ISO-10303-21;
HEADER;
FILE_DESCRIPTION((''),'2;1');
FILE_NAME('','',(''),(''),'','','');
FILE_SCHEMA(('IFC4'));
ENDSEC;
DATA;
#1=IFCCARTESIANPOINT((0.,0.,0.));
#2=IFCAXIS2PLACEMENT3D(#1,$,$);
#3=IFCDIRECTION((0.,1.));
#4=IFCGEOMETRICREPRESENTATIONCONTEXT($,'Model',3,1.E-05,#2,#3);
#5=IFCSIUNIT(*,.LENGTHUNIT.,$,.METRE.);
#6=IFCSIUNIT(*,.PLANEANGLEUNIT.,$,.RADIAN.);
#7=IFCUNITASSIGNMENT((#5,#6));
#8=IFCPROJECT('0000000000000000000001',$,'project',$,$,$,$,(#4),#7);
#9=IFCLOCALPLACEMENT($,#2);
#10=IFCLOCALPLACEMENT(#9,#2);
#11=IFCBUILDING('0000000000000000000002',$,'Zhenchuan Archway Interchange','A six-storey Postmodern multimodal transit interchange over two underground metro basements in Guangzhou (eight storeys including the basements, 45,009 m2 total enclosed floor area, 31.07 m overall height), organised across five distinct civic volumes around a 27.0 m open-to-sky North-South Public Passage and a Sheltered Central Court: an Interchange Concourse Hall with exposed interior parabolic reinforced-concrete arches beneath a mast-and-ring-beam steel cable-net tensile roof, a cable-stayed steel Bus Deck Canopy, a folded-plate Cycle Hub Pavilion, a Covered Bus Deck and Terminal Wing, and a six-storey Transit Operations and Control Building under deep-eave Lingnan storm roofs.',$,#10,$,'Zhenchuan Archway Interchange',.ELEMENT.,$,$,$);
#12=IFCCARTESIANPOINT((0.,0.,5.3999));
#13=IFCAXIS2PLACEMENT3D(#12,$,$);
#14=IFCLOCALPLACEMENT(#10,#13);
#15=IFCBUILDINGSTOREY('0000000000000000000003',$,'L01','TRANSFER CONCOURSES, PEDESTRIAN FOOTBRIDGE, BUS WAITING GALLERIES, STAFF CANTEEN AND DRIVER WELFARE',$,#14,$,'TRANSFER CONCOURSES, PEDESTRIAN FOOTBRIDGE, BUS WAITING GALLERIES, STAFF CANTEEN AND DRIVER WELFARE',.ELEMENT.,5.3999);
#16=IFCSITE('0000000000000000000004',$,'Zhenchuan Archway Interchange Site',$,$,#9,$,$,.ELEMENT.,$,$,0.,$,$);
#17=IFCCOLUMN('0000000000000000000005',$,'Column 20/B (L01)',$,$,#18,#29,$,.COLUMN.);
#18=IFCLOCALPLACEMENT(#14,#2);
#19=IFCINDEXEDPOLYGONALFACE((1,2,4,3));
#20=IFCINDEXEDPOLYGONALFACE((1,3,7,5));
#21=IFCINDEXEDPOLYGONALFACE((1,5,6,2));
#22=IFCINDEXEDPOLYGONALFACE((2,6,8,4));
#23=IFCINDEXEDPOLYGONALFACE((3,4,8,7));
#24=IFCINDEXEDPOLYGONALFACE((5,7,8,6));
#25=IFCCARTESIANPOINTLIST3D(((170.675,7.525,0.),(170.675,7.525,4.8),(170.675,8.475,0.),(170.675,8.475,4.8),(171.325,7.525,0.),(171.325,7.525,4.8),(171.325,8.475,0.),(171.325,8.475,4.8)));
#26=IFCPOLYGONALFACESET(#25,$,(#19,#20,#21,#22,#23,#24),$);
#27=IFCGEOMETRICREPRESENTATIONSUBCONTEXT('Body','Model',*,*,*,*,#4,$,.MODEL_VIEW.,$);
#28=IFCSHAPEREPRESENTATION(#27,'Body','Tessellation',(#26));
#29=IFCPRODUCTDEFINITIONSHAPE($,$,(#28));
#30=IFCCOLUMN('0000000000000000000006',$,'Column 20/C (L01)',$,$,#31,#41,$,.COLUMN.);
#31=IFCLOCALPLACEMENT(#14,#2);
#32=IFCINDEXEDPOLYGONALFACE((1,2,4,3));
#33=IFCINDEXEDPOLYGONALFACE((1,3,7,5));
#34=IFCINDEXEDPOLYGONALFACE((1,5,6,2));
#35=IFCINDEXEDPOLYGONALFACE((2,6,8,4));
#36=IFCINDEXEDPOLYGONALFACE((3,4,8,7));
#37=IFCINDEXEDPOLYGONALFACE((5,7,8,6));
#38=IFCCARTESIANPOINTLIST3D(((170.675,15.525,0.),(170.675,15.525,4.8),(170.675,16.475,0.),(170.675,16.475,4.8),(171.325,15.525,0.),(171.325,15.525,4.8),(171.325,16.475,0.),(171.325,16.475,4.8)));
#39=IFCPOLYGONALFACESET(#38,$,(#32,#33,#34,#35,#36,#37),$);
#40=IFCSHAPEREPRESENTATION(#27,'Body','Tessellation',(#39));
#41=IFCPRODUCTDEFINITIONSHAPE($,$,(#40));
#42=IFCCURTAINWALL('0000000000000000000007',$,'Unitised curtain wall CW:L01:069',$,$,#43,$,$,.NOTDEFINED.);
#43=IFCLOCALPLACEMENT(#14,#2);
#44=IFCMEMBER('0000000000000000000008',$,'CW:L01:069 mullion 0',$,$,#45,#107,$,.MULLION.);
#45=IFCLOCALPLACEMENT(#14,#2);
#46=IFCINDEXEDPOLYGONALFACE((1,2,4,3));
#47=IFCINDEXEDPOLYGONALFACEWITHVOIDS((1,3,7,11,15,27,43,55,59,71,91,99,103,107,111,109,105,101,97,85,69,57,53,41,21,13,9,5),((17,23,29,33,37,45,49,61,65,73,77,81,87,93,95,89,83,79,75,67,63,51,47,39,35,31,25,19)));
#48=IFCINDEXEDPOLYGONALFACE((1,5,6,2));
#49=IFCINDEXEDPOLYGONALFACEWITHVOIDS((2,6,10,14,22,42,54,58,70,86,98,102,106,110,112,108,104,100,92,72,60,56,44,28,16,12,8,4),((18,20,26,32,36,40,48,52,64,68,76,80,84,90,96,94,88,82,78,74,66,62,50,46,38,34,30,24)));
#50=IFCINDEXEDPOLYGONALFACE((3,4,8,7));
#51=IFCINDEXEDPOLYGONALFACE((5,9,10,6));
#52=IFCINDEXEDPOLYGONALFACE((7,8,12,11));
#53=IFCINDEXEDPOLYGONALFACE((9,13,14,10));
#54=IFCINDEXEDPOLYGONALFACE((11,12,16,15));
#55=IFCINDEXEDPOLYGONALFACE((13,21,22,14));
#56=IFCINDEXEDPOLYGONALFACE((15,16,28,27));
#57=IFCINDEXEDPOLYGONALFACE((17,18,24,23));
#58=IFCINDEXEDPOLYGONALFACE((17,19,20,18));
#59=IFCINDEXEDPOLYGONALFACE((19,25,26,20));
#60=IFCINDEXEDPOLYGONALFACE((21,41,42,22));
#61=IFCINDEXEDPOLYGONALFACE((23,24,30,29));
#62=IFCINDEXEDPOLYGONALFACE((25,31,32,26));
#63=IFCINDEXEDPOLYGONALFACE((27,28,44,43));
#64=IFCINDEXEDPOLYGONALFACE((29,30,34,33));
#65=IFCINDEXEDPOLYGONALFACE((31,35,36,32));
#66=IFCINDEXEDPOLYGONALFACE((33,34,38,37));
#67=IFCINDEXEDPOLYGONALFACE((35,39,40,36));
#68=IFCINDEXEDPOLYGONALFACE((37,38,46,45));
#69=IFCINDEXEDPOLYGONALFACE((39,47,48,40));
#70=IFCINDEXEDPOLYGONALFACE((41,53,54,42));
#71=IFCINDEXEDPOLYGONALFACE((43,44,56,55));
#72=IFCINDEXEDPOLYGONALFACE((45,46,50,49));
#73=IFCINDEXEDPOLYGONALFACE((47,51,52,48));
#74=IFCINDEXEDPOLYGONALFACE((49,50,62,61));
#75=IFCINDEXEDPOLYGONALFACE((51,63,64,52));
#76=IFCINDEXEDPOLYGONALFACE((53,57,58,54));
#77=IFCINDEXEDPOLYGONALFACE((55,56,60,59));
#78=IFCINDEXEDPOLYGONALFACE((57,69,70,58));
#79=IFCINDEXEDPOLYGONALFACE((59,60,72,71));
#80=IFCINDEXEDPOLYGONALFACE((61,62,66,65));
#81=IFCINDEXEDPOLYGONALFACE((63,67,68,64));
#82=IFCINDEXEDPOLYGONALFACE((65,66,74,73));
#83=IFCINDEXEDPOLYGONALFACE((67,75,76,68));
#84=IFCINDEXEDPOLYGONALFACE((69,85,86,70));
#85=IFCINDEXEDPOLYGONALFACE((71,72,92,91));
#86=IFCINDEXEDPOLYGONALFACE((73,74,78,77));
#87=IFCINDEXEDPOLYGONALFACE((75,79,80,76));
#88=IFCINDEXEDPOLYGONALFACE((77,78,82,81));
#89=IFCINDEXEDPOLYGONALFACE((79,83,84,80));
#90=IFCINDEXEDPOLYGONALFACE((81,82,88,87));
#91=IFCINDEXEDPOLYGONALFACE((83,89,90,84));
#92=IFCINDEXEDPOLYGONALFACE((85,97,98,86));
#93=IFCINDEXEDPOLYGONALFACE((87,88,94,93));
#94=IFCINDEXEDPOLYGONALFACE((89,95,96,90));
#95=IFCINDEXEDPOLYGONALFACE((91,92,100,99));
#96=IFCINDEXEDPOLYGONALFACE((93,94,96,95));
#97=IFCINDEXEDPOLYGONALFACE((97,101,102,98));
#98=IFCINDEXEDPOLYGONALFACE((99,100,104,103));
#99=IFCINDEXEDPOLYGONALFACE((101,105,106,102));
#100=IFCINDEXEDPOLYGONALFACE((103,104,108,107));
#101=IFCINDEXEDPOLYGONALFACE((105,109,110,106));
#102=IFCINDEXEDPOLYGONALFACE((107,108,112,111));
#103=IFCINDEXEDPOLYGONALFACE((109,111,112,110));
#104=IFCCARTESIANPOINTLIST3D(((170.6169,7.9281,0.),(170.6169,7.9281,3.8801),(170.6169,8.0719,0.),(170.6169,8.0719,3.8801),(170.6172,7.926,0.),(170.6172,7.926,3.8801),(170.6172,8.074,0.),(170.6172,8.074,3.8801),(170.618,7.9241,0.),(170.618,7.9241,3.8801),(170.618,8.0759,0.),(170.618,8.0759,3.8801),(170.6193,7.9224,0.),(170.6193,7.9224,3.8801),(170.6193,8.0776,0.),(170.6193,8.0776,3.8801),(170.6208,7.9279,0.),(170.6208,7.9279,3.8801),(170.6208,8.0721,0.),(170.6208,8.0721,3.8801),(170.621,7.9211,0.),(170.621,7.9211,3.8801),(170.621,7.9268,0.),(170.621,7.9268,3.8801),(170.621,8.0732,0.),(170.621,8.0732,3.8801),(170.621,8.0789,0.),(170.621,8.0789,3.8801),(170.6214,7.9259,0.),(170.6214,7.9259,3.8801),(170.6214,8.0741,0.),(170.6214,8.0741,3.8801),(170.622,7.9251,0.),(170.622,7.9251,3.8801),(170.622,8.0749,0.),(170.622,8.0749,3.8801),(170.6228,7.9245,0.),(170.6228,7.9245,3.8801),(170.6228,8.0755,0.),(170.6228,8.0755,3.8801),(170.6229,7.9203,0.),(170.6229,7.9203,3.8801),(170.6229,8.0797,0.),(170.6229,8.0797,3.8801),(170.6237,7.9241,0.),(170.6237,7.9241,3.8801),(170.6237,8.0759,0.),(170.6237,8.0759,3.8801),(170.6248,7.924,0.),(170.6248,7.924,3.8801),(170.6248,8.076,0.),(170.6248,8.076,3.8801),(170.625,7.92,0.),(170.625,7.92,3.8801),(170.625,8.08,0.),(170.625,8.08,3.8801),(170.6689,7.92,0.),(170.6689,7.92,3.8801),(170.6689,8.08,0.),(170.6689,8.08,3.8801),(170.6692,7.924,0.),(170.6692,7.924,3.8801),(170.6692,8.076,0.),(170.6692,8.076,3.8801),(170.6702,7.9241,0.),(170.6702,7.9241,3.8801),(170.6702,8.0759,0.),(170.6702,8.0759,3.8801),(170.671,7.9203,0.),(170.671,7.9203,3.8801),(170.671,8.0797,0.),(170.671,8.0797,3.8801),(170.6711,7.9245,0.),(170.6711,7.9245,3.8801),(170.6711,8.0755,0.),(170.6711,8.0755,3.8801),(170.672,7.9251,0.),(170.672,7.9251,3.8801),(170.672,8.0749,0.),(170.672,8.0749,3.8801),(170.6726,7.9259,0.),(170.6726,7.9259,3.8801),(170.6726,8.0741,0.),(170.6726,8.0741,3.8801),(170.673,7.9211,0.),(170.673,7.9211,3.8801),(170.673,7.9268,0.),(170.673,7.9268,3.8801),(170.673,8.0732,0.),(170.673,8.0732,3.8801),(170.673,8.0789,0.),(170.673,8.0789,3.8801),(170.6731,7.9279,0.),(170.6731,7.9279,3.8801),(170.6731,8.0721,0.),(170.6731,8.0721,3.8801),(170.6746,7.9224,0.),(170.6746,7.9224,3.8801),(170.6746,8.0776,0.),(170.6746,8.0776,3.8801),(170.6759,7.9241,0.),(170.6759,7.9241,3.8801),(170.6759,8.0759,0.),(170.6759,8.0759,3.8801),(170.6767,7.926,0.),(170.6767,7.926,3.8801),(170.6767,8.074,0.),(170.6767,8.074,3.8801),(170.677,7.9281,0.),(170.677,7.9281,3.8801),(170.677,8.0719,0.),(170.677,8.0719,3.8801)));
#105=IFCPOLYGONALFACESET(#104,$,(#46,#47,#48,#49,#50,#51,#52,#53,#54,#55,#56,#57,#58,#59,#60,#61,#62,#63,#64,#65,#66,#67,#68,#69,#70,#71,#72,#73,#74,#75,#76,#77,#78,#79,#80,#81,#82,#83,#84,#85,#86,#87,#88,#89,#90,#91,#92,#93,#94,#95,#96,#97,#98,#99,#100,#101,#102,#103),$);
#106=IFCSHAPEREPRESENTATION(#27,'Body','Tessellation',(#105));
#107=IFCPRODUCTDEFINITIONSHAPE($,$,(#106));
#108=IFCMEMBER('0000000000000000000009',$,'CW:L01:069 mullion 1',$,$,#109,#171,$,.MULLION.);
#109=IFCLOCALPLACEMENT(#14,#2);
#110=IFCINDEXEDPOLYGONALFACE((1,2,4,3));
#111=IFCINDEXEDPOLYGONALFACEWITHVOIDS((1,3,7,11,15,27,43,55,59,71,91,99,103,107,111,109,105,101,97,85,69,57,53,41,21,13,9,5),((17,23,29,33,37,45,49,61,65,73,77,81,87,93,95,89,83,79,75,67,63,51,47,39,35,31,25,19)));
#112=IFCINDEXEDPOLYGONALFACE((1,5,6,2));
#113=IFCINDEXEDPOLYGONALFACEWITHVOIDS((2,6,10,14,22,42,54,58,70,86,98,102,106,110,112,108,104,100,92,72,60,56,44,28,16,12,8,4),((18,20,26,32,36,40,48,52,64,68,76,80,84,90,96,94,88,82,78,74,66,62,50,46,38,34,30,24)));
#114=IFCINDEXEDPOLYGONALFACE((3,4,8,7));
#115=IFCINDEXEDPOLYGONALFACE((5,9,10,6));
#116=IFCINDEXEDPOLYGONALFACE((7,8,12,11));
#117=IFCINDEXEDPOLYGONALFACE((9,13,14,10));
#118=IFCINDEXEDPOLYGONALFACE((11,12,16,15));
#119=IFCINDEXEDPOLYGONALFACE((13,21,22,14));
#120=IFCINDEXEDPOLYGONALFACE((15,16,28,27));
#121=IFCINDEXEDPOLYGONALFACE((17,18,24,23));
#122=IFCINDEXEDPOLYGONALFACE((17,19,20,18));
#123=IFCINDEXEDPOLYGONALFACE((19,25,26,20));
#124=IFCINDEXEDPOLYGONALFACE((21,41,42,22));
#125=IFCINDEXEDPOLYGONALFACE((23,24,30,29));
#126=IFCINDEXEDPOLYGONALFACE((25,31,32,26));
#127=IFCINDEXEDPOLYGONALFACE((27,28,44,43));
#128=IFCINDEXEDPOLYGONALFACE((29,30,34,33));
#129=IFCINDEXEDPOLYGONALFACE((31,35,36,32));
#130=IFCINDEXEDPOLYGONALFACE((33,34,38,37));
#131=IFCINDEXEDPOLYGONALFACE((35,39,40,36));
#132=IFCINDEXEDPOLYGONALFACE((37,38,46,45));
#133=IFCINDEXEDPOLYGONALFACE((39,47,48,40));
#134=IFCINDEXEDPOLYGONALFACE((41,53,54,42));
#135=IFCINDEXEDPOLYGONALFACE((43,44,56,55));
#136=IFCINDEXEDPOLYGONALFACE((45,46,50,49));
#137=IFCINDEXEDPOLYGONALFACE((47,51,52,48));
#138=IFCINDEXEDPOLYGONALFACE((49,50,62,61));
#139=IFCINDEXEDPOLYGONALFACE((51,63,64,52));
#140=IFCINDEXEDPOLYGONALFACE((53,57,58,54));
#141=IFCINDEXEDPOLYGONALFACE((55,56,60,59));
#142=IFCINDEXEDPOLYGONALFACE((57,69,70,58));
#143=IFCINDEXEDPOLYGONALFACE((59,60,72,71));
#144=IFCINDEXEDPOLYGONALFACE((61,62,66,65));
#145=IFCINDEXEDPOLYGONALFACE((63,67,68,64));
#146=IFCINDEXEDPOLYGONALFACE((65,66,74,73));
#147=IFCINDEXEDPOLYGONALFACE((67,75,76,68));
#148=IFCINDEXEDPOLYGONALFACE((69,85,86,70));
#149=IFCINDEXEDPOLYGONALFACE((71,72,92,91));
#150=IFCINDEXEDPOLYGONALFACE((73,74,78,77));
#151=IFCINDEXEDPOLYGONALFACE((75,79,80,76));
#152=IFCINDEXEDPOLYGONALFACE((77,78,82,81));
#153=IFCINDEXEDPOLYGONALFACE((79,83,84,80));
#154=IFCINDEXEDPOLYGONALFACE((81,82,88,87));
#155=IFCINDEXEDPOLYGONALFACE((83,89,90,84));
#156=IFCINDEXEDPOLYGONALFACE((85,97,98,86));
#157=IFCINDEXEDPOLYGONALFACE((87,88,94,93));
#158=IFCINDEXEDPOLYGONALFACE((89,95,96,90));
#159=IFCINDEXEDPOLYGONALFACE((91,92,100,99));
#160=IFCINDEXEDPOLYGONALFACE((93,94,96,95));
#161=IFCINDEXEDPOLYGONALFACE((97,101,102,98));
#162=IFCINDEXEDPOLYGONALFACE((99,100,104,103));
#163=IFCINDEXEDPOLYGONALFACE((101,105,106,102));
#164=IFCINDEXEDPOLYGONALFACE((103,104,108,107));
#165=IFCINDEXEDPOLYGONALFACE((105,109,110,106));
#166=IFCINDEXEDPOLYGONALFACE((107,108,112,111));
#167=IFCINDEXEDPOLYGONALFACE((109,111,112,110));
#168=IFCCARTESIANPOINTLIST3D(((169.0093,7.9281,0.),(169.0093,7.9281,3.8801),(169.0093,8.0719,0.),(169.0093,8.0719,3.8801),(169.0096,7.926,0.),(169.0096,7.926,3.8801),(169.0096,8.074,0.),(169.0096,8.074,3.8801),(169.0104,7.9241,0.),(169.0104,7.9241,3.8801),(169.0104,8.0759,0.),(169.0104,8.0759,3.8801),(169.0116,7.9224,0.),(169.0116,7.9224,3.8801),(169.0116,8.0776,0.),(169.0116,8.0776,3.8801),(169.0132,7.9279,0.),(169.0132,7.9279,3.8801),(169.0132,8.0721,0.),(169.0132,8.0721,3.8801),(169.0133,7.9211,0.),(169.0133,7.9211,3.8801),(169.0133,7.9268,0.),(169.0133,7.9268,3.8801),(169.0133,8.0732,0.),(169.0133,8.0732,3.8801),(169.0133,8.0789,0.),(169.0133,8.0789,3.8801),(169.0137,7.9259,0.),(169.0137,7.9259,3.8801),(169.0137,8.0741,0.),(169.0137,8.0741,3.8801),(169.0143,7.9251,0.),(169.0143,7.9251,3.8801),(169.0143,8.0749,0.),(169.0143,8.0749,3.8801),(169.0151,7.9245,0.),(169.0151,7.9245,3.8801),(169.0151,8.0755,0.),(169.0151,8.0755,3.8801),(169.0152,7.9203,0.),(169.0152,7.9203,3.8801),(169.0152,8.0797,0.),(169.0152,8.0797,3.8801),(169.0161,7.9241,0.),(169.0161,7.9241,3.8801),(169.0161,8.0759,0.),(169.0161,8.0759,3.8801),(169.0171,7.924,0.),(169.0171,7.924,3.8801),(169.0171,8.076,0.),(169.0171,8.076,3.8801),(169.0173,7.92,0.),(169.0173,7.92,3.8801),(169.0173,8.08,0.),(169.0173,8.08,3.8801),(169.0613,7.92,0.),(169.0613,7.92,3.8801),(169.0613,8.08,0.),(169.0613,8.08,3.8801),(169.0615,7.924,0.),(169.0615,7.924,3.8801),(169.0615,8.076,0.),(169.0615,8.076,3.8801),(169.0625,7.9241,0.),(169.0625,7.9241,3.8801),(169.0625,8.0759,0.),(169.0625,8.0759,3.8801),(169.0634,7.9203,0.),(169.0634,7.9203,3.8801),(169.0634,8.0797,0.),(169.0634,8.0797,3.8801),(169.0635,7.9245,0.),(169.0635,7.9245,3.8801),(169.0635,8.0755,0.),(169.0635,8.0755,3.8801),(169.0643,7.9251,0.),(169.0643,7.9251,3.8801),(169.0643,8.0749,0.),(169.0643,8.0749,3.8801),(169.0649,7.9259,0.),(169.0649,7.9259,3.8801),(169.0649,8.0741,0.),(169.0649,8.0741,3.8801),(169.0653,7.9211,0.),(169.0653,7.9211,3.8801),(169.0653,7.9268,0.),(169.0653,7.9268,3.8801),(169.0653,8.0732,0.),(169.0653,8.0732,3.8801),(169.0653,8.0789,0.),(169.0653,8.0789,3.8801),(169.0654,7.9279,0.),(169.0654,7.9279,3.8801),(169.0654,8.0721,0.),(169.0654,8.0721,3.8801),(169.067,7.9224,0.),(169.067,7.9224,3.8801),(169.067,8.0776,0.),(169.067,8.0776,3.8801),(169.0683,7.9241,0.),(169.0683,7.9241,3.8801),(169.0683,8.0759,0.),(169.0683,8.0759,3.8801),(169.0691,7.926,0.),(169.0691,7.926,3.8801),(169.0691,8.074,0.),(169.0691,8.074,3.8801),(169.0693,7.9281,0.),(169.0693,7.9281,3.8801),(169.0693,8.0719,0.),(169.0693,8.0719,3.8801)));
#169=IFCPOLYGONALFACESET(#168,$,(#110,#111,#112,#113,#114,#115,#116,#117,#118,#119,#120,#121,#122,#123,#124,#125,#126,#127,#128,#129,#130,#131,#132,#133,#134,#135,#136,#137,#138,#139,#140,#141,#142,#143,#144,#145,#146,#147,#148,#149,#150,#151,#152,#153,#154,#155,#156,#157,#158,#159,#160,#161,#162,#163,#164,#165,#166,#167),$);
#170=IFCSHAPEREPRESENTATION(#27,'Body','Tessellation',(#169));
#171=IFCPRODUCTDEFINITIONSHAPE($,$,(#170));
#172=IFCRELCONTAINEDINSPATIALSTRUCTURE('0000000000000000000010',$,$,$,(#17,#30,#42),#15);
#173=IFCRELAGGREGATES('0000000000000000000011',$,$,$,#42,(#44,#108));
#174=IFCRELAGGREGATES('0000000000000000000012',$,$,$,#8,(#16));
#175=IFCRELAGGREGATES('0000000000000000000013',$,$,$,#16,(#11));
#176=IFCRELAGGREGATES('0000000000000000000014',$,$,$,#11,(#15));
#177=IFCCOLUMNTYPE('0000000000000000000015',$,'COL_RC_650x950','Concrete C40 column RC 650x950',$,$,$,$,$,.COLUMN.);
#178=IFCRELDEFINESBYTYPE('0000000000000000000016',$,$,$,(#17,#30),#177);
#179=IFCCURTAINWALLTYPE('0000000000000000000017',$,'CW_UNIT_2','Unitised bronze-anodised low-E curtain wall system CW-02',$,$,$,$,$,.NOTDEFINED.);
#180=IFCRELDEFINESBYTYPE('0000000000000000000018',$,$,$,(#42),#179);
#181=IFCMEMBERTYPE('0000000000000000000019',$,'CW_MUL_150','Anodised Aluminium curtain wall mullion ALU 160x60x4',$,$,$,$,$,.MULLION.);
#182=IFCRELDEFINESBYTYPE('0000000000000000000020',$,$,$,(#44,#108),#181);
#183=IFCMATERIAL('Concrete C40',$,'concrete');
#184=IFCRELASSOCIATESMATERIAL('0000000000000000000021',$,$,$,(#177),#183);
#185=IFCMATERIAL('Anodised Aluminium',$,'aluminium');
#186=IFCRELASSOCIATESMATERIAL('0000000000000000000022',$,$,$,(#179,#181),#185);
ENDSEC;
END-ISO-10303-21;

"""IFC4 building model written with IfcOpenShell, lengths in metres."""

from ifc_helpers import new_model, si_unit, direction, frame, origin, origin_2d, place, context, subcontext, project, spatial, rectangle, hollow_rectangle, extrude, material, material_profile, profile_set, type_object, element, aggregate, save


model = new_model("IFC4")

# Units and contexts
model_context = context("Model", 3, precision=1e-05, world=origin(), true_north=direction((0.0, 1.0)))
body_context = subcontext(model_context, "Body", "Model", "MODEL_VIEW")
ifc_project = project(units=[si_unit("LENGTHUNIT", "METRE"), si_unit("PLANEANGLEUNIT", "RADIAN")], contexts=[model_context])

# Site, building, storey
site_placement = place(None, origin())
site = spatial("IfcSite", under=ifc_project, at=site_placement, Name="Zhenchuan Archway Interchange Site", CompositionType="ELEMENT", RefElevation=0.0)
building_placement = place(site_placement, origin())
building = spatial("IfcBuilding", under=site, at=building_placement, Name="Zhenchuan Archway Interchange", Description="A six-storey Postmodern multimodal transit interchange over two underground metro basements in Guangzhou (eight storeys including the basements, 45,009 m2 total enclosed floor area, 31.07 m overall height), organised across five distinct civic volumes around a 27.0 m open-to-sky North-South Public Passage and a Sheltered Central Court: an Interchange Concourse Hall with exposed interior parabolic reinforced-concrete arches beneath a mast-and-ring-beam steel cable-net tensile roof, a cable-stayed steel Bus Deck Canopy, a folded-plate Cycle Hub Pavilion, a Covered Bus Deck and Terminal Wing, and a six-storey Transit Operations and Control Building under deep-eave Lingnan storm roofs.", LongName="Zhenchuan Archway Interchange", CompositionType="ELEMENT")
storey_placement = place(building_placement, frame((0.0, 0.0, 5.3999)))
storey = spatial("IfcBuildingStorey", under=building, at=storey_placement, Name="L01", Description="TRANSFER CONCOURSES, PEDESTRIAN FOOTBRIDGE, BUS WAITING GALLERIES, STAFF CANTEEN AND DRIVER WELFARE", LongName="TRANSFER CONCOURSES, PEDESTRIAN FOOTBRIDGE, BUS WAITING GALLERIES, STAFF CANTEEN AND DRIVER WELFARE", CompositionType="ELEMENT", Elevation=5.3999)

# Columns
ifc_material_1 = material(Name="Concrete C40", Category="concrete")
ifc_material_profile_1 = material_profile(ifc_material_1, rectangle(XDim=0.6499, YDim=0.95, at=origin_2d()), Name="RC 650x950")
ifc_profile_set_1 = profile_set([ifc_material_profile_1], Name="Concrete C40")
column_type = type_object("IfcColumnType", Name="COL_RC_650x950", Description="Concrete C40 column RC 650x950", PredefinedType="COLUMN", material=ifc_profile_set_1)
for number, where, z_axis, x_axis, name in (
    (1, (171.0, 8.0, 0.0), (0.0, 0.0, 1.0), (1.0, 0.0, 0.0), "Column 20/B (L01)"),
    (2, (171.0, 16.0, 0.0), (0.0, 0.0, 1.0), (1.0, 0.0, 0.0), "Column 20/C (L01)"),
):
    element("IfcColumn", number, at=place(storey_placement, frame(where, z_axis=z_axis, x_axis=x_axis)), inside=storey, type_object=column_type, Name=name, PredefinedType="COLUMN", context=body_context, shape_type="SweptSolid", body=[
        extrude(rectangle(XDim=0.6499, YDim=0.95, at=origin_2d()), origin(), (0.0, 0.0, 1.0), 4.8),
    ])

# Curtain wall, members
ifc_material_2 = material(Name="Anodised Aluminium", Category="aluminium")
curtain_wall_type = type_object("IfcCurtainWallType", Name="CW_UNIT_2", Description="Unitised bronze-anodised low-E curtain wall system CW-02", PredefinedType="NOTDEFINED", material=ifc_material_2)
curtain_wall_placement = place(storey_placement, origin())
curtain_wall = element("IfcCurtainWall", 3, at=curtain_wall_placement, inside=storey, type_object=curtain_wall_type, Name="Unitised curtain wall CW:L01:069", PredefinedType="NOTDEFINED")
ifc_material_profile_2 = material_profile(ifc_material_2, hollow_rectangle(XDim=0.0601, YDim=0.1599, WallThickness=0.0039, InnerFilletRadius=0.0039, OuterFilletRadius=0.0081, at=origin_2d()), Name="ALU 160x60x4")
ifc_profile_set_2 = profile_set([ifc_material_profile_2], Name="Anodised Aluminium")
member_type_1 = type_object("IfcMemberType", Name="CW_MUL_150", Description="Anodised Aluminium curtain wall mullion ALU 160x60x4", PredefinedType="MULLION", material=ifc_profile_set_2)
member_1_placement = place(storey_placement, frame((170.647, 8.0, 0.0), z_axis=(0.0, 0.0, 1.0), x_axis=(1.0, 0.0, 0.0)))
member_1 = element("IfcMember", 4, at=member_1_placement, type_object=member_type_1, Name="CW:L01:069 mullion 0", PredefinedType="MULLION", context=body_context, shape_type="SweptSolid", body=[
    extrude(hollow_rectangle(XDim=0.0601, YDim=0.1599, WallThickness=0.0039, InnerFilletRadius=0.0039, OuterFilletRadius=0.0081, at=origin_2d()), origin(), (0.0, 0.0, 1.0), 3.8801),
])
member_2_placement = place(storey_placement, frame((169.0393, 8.0, 0.0), z_axis=(0.0, 0.0, 1.0), x_axis=(1.0, 0.0, 0.0)))
member_2 = element("IfcMember", 5, at=member_2_placement, type_object=member_type_1, Name="CW:L01:069 mullion 1", PredefinedType="MULLION", context=body_context, shape_type="SweptSolid", body=[
    extrude(hollow_rectangle(XDim=0.0601, YDim=0.1599, WallThickness=0.0039, InnerFilletRadius=0.0039, OuterFilletRadius=0.0081, at=origin_2d()), origin(), (0.0, 0.0, 1.0), 3.8801),
])

aggregate(curtain_wall, [member_1, member_2])

save(model, "model.ifc")
